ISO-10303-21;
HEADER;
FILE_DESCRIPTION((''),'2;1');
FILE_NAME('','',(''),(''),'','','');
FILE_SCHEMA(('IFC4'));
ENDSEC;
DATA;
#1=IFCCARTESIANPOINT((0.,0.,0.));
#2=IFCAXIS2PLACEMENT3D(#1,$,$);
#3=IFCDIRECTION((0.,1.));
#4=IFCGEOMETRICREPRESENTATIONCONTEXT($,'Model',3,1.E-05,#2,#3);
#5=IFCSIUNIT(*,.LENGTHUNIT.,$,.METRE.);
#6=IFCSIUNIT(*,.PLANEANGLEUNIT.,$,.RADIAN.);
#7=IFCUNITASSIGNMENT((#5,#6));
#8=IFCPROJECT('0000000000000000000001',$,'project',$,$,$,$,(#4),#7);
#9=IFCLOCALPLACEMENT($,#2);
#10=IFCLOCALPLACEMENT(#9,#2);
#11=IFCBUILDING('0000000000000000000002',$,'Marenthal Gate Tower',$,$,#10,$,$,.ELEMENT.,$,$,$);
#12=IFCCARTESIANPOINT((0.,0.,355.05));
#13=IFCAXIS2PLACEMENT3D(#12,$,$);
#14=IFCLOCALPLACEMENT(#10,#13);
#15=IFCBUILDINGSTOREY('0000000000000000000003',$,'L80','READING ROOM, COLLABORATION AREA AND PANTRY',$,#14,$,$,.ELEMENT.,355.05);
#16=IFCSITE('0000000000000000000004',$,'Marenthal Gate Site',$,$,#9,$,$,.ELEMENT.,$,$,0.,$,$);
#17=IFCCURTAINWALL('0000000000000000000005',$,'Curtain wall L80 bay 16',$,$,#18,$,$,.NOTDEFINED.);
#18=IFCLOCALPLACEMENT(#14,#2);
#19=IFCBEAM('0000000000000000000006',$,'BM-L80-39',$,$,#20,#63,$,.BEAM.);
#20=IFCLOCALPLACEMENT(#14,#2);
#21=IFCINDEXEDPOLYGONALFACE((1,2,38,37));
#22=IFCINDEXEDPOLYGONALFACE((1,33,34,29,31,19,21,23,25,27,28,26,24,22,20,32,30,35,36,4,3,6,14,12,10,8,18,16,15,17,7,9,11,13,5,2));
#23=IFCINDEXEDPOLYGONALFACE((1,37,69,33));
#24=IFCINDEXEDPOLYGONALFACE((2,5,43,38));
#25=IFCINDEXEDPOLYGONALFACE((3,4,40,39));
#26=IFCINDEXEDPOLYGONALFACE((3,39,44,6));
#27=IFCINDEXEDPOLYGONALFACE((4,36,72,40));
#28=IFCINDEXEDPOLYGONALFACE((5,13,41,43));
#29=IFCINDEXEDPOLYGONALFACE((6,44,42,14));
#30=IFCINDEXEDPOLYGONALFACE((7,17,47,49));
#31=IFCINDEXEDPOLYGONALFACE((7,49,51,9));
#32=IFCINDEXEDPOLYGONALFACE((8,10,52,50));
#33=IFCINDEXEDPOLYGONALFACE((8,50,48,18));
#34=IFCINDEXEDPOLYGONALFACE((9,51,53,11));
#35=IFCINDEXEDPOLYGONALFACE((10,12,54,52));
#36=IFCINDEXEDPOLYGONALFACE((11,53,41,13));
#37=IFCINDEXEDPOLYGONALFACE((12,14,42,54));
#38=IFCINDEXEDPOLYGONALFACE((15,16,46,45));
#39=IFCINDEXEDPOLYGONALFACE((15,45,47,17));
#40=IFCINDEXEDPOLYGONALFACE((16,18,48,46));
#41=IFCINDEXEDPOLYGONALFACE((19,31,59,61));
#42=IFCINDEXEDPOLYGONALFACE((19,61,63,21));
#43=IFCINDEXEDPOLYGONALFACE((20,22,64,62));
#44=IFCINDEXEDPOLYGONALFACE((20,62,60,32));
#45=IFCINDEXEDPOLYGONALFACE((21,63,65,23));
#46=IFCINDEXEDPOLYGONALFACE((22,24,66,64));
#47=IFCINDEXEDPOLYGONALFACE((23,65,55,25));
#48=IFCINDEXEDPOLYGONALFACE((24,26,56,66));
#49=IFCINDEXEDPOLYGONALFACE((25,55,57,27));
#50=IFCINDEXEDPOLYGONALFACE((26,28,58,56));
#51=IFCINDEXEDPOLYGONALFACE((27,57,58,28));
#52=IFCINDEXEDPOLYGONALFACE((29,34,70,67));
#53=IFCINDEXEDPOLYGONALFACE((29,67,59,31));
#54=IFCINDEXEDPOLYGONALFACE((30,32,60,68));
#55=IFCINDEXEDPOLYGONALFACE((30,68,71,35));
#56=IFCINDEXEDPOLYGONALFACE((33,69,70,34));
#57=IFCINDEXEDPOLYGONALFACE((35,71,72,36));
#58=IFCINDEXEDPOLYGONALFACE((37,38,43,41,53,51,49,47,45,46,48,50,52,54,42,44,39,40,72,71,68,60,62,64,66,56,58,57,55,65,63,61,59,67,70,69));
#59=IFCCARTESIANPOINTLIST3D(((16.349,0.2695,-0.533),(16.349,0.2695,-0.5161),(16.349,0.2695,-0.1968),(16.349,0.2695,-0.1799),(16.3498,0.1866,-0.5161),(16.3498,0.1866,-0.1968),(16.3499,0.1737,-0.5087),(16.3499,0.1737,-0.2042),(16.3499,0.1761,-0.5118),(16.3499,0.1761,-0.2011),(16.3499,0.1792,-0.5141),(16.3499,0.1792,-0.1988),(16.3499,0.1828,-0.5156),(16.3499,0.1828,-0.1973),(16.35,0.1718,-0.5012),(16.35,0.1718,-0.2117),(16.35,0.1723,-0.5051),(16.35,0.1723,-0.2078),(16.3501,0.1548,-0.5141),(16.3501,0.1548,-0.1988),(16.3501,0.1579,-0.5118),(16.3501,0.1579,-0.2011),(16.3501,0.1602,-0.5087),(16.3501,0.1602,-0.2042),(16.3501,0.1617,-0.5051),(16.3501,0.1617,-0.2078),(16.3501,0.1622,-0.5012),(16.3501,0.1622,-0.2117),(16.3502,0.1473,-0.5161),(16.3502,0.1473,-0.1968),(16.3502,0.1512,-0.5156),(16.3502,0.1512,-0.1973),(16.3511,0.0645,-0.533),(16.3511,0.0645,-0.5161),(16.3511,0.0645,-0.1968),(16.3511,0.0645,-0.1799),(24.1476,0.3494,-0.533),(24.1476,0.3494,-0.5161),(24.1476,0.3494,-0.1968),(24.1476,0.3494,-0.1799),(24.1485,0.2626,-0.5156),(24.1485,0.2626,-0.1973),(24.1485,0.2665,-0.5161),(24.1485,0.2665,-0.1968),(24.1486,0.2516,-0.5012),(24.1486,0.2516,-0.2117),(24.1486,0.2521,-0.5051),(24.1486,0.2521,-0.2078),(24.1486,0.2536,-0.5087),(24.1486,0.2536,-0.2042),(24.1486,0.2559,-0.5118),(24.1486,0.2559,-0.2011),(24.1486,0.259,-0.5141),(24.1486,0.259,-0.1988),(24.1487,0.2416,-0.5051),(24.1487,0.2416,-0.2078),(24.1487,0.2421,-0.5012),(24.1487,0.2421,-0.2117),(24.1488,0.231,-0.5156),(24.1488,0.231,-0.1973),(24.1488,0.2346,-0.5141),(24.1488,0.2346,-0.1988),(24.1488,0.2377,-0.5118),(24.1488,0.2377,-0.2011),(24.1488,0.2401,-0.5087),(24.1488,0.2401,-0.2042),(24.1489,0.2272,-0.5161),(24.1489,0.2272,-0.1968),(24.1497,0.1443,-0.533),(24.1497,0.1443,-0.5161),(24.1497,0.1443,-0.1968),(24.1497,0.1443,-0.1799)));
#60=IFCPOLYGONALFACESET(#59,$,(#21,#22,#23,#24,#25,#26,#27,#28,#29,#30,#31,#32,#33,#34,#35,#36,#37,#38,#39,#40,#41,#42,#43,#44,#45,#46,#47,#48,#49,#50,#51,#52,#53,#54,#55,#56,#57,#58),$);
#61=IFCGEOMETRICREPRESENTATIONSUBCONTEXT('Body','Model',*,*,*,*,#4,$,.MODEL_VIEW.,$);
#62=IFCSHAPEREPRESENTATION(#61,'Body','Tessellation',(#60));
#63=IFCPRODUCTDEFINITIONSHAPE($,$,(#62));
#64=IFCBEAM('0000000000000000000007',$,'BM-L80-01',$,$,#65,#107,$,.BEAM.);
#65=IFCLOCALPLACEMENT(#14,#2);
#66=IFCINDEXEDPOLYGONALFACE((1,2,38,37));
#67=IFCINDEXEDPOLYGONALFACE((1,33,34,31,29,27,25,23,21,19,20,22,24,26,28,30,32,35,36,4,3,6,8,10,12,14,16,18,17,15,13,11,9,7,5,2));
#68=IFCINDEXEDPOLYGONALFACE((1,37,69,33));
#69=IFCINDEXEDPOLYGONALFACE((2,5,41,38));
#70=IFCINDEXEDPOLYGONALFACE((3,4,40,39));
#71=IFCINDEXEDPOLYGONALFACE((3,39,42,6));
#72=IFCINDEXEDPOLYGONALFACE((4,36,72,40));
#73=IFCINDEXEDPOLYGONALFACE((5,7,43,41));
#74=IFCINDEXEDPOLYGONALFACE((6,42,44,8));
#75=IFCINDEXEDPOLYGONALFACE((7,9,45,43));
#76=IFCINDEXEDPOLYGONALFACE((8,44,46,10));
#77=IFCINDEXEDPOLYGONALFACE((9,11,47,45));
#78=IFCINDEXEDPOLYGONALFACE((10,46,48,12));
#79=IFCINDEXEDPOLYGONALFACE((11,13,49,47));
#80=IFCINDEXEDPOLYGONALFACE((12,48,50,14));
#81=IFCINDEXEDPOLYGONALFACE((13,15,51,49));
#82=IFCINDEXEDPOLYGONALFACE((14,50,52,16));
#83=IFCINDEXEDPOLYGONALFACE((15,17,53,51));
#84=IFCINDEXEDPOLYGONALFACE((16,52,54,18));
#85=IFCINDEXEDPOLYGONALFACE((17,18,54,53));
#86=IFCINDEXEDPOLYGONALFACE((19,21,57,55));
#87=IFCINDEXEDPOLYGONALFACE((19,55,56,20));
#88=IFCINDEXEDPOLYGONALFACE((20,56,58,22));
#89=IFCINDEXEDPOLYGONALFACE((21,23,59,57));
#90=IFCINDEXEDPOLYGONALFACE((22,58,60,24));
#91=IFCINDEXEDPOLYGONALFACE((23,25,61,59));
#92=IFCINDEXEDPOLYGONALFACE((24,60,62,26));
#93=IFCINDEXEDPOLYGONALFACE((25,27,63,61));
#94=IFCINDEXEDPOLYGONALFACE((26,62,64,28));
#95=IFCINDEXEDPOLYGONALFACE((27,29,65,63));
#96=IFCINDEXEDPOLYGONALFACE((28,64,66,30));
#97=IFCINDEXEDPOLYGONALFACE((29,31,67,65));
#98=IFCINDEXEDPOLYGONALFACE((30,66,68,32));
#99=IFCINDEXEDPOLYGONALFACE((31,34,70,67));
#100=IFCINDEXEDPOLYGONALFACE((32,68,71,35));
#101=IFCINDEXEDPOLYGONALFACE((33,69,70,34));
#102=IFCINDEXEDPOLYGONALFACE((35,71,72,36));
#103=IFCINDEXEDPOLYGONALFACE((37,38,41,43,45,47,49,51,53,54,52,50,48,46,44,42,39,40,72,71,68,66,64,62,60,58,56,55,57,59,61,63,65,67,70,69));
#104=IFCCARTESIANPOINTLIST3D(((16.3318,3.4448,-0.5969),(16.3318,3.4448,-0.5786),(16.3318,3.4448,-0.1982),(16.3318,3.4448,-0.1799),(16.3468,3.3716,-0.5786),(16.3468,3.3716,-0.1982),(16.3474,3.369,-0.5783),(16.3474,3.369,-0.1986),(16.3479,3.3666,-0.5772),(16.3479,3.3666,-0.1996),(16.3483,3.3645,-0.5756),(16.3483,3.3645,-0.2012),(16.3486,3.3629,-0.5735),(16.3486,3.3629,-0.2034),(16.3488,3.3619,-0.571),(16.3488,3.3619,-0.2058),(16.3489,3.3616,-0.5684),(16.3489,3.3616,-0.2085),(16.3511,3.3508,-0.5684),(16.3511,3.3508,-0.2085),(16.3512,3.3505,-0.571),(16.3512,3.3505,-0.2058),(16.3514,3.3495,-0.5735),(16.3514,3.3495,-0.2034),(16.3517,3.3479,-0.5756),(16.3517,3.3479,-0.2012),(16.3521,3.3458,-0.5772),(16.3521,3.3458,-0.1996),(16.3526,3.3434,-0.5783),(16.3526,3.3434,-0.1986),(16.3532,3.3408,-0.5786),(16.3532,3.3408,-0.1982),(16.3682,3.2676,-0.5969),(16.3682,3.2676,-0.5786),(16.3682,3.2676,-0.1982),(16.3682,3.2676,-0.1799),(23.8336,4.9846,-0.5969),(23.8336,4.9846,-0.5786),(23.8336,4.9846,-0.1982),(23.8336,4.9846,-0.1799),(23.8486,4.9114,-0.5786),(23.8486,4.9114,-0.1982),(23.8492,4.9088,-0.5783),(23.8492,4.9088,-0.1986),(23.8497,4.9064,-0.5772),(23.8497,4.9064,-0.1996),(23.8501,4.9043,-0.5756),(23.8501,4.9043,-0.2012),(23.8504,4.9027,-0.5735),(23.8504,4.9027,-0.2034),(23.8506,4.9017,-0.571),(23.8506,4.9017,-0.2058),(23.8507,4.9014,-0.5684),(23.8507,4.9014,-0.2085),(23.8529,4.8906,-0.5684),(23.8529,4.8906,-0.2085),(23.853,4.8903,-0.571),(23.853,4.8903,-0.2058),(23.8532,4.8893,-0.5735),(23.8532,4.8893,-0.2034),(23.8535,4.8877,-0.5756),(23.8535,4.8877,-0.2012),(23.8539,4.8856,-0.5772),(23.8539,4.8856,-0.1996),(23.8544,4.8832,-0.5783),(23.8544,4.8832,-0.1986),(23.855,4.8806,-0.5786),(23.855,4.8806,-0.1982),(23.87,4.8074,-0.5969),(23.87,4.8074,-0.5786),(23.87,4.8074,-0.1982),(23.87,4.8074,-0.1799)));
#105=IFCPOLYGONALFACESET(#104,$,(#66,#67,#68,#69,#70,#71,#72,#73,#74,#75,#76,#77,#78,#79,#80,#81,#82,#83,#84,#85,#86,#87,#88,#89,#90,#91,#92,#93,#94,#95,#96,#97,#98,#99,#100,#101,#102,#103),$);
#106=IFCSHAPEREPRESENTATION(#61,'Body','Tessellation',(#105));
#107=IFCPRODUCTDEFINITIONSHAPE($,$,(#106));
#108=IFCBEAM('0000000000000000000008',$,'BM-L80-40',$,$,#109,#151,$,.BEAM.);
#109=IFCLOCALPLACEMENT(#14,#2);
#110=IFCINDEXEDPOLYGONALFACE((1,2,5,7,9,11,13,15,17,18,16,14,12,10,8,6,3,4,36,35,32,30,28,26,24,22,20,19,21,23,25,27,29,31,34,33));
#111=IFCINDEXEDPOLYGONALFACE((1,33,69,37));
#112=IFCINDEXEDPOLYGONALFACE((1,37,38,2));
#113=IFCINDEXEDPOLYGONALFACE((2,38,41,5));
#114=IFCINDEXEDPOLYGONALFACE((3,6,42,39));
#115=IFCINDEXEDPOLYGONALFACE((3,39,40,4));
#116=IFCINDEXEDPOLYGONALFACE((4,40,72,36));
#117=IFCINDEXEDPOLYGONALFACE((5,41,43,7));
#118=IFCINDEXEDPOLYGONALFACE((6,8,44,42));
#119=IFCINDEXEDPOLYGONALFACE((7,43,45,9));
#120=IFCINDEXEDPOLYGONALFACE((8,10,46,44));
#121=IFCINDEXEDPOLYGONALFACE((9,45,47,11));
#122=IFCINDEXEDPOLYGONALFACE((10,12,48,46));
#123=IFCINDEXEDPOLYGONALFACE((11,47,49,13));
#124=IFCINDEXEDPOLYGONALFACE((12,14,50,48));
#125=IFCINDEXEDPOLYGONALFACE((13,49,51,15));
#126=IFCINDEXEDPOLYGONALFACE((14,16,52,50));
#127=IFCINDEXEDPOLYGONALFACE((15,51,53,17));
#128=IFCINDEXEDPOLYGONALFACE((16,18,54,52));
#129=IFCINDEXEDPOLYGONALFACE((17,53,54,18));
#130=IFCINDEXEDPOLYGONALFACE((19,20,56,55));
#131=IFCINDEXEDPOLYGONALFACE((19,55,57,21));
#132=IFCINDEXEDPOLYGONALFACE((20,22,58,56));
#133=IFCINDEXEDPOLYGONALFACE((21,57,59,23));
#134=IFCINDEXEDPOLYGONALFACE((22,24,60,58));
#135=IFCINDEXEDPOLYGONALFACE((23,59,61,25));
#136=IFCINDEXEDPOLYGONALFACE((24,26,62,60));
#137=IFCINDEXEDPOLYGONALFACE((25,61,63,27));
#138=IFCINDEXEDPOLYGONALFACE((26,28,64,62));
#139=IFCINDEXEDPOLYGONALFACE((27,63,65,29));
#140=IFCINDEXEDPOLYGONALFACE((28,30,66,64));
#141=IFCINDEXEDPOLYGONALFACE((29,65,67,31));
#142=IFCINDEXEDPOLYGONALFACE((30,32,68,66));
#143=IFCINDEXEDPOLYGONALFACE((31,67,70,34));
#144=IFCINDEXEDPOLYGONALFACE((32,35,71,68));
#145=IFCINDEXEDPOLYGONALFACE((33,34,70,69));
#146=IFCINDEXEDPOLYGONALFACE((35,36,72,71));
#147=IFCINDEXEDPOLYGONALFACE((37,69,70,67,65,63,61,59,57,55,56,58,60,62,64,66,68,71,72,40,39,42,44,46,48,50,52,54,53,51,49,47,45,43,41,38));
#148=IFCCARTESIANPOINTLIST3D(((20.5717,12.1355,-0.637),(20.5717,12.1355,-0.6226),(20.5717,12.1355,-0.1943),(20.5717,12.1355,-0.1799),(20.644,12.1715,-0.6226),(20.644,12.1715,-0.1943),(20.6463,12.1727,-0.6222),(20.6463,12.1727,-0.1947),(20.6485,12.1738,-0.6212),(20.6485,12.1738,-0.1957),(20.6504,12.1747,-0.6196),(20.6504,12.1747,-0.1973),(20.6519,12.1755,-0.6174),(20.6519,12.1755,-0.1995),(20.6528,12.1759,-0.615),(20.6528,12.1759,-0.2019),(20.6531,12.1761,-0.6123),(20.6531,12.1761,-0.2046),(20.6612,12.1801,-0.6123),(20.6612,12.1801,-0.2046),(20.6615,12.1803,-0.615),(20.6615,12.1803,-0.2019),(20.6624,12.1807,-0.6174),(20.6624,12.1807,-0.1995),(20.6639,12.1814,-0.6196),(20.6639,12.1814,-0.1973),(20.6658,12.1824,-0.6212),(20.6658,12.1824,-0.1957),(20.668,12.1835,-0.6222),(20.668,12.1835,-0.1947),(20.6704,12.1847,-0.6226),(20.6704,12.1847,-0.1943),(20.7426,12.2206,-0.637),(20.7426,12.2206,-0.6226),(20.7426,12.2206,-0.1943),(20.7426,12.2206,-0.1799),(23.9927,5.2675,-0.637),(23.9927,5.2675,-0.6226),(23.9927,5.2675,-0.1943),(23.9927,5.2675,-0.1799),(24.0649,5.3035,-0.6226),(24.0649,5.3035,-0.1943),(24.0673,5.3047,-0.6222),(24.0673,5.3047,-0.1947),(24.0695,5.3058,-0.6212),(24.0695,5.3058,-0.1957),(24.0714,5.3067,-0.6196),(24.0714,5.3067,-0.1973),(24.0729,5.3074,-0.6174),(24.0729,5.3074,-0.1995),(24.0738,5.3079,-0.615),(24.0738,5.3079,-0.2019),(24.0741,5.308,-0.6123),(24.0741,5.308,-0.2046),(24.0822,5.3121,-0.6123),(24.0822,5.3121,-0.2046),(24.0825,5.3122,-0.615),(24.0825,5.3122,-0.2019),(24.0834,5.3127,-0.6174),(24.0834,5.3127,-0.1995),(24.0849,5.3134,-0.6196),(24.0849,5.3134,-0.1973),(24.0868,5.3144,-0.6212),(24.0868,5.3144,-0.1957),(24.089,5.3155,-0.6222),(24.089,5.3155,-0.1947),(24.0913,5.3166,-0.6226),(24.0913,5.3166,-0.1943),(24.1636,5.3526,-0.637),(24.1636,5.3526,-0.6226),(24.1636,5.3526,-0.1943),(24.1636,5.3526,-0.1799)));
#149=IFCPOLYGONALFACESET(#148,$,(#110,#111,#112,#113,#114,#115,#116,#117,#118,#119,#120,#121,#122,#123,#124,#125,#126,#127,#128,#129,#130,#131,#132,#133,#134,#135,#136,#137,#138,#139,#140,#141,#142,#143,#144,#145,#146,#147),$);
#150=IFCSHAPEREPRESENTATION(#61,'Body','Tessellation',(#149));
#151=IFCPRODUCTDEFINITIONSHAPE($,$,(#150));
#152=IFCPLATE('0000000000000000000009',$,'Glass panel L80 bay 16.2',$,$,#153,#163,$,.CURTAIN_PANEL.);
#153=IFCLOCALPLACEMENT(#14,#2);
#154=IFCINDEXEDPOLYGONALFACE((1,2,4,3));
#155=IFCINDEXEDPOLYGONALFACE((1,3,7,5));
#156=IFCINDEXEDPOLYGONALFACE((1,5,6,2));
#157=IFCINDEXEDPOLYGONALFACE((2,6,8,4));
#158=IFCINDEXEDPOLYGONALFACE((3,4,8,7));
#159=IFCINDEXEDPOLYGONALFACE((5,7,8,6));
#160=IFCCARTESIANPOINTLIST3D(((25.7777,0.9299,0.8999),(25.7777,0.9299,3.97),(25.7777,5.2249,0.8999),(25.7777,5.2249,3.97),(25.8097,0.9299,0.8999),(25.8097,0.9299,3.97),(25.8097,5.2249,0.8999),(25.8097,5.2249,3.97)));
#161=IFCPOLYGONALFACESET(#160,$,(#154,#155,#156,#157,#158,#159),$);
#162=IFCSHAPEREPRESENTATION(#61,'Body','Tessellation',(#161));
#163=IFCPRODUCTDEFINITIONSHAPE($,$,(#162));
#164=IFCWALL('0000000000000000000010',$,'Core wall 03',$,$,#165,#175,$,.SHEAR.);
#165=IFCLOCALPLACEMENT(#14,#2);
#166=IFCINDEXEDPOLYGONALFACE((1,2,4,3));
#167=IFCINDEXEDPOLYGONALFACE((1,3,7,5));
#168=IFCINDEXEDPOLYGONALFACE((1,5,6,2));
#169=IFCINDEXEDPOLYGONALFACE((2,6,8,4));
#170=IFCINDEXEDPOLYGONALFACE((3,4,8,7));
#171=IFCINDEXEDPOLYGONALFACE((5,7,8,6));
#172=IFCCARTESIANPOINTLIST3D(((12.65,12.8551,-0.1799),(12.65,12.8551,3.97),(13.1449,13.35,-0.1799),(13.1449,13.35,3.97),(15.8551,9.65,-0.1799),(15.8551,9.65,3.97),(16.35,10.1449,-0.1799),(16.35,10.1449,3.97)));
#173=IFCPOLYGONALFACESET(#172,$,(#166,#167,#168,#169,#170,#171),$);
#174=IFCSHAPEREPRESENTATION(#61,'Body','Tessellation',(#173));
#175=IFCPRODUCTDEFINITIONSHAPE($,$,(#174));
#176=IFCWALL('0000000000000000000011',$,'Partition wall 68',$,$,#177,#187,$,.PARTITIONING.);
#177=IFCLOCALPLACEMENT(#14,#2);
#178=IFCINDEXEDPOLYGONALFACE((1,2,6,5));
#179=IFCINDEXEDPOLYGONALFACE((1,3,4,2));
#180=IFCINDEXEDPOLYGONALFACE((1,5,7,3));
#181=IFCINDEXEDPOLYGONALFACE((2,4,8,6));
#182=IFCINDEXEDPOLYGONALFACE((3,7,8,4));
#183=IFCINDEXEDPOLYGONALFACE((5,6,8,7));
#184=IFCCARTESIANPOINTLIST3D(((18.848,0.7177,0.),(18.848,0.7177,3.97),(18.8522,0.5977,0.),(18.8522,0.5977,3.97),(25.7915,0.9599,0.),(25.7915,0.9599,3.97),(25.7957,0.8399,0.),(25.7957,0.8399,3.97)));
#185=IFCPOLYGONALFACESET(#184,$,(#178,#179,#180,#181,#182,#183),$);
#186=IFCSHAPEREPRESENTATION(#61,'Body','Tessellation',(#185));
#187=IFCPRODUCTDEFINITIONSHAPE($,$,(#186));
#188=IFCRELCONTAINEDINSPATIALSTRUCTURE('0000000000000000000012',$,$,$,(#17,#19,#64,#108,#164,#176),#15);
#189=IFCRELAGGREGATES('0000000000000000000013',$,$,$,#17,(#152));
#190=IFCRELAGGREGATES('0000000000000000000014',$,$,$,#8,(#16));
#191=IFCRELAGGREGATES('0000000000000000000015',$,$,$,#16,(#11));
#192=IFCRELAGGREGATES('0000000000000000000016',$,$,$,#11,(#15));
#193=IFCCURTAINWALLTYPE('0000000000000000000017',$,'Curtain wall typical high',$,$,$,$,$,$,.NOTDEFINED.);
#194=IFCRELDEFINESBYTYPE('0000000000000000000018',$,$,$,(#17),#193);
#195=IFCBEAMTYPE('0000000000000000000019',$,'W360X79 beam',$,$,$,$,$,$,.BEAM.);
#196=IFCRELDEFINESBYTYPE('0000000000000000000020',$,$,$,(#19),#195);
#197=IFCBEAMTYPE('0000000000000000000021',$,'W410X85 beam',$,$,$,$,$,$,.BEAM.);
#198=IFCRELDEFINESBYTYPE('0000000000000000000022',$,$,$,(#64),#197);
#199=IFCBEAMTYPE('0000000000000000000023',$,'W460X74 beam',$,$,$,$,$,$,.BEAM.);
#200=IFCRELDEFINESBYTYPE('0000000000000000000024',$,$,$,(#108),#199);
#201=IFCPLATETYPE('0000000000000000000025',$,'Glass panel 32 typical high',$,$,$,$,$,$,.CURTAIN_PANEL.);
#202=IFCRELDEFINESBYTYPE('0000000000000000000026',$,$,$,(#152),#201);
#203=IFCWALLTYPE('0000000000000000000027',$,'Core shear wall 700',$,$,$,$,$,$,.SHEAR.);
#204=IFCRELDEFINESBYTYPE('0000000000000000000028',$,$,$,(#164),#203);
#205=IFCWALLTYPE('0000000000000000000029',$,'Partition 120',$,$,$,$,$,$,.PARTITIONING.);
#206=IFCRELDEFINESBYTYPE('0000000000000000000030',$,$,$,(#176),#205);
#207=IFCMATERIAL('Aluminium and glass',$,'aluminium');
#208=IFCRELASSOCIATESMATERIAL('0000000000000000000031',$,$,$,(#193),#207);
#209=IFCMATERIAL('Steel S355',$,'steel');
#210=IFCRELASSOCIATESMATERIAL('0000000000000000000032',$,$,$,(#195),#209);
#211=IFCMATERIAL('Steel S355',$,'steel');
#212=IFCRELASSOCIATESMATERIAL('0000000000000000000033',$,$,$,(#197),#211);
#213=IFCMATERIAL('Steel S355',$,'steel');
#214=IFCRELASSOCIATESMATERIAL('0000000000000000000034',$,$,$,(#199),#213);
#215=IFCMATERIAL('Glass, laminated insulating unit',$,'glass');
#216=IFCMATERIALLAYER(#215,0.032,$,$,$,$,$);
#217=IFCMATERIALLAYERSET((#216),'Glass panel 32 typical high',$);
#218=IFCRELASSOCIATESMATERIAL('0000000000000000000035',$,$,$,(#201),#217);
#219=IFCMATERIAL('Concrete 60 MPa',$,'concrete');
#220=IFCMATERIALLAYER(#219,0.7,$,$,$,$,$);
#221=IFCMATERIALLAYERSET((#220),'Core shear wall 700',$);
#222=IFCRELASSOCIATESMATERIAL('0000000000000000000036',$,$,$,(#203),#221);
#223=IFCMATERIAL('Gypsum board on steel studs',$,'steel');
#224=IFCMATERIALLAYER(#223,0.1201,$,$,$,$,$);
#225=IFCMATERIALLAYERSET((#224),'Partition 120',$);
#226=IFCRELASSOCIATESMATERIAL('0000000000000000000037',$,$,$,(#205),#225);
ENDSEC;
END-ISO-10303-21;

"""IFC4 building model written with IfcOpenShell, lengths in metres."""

from ifc_helpers import new_model, si_unit, direction, frame, frame_2d, origin, origin_2d, place, context, subcontext, project, spatial, rectangle, i_section, extrude, material, layer, layer_set, material_profile, profile_set, type_object, element, aggregate, save


model = new_model("IFC4")

# Units and contexts
model_context = context("Model", 3, precision=1e-05, world=origin(), true_north=direction((0.0, 1.0)))
body_context = subcontext(model_context, "Body", "Model", "MODEL_VIEW")
ifc_project = project(units=[si_unit("LENGTHUNIT", "METRE"), si_unit("PLANEANGLEUNIT", "RADIAN")], contexts=[model_context])

# Site, building, storey
site_placement = place(None, origin())
site = spatial("IfcSite", under=ifc_project, at=site_placement, Name="Marenthal Gate Site", CompositionType="ELEMENT", RefElevation=0.0)
building_placement = place(site_placement, origin())
building = spatial("IfcBuilding", under=site, at=building_placement, Name="Marenthal Gate Tower", CompositionType="ELEMENT")
storey_placement = place(building_placement, frame((0.0, 0.0, 355.05)))
storey = spatial("IfcBuildingStorey", under=building, at=storey_placement, Name="L80", Description="READING ROOM, COLLABORATION AREA AND PANTRY", CompositionType="ELEMENT", Elevation=355.05)

# Curtain wall
ifc_material_1 = material(Name="Aluminium and glass", Category="aluminium")
curtain_wall_type = type_object("IfcCurtainWallType", Name="Curtain wall typical high", PredefinedType="NOTDEFINED", material=ifc_material_1)
curtain_wall_placement = place(storey_placement, origin())
curtain_wall = element("IfcCurtainWall", 1, at=curtain_wall_placement, inside=storey, type_object=curtain_wall_type, Name="Curtain wall L80 bay 16", PredefinedType="NOTDEFINED")

# Beams
ifc_material_2 = material(Name="Steel S355", Category="steel")
ifc_material_profile_1 = material_profile(ifc_material_2, i_section(OverallWidth=0.2051, OverallDepth=0.353, WebThickness=0.0095, FlangeThickness=0.0168, FilletRadius=0.0149, at=origin_2d()), Name="W360X79")
ifc_profile_set_1 = profile_set([ifc_material_profile_1], Name="Steel S355")
beam_type_1 = type_object("IfcBeamType", Name="W360X79 beam", PredefinedType="BEAM", material=ifc_profile_set_1)
beam_1_placement = place(storey_placement, frame((24.1487, 0.2468, -0.3564), z_axis=(-0.999948, -0.010236, 0.0), x_axis=(0.010236, -0.999948, 0.0)))
element("IfcBeam", 2, at=beam_1_placement, inside=storey, type_object=beam_type_1, Name="BM-L80-39", PredefinedType="BEAM", context=body_context, shape_type="SweptSolid", body=[
    extrude(i_section(OverallWidth=0.2051, OverallDepth=0.353, WebThickness=0.0095, FlangeThickness=0.0168, FilletRadius=0.0149, at=origin_2d()), origin(), (0.0, 0.0, 1.0), 7.7991),
])
ifc_material_3 = material(Name="Steel S355", Category="steel")
ifc_material_profile_2 = material_profile(ifc_material_3, i_section(OverallWidth=0.1809, OverallDepth=0.417, WebThickness=0.011, FlangeThickness=0.0183, FilletRadius=0.0103, at=origin_2d()), Name="W410X85")
ifc_profile_set_2 = profile_set([ifc_material_profile_2], Name="Steel S355")
beam_type_2 = type_object("IfcBeamType", Name="W410X85 beam", PredefinedType="BEAM", material=ifc_profile_set_2)
beam_2_placement = place(storey_placement, frame((23.8518, 4.896, -0.3884), z_axis=(-0.979577, -0.201067, 0.0), x_axis=(0.201067, -0.979577, 0.0)))
element("IfcBeam", 3, at=beam_2_placement, inside=storey, type_object=beam_type_2, Name="BM-L80-01", PredefinedType="BEAM", context=body_context, shape_type="SweptSolid", body=[
    extrude(i_section(OverallWidth=0.1809, OverallDepth=0.417, WebThickness=0.011, FlangeThickness=0.0183, FilletRadius=0.0103, at=origin_2d()), origin(), (0.0, 0.0, 1.0), 7.6582),
])
ifc_material_4 = material(Name="Steel S355", Category="steel")
ifc_material_profile_3 = material_profile(ifc_material_4, i_section(OverallWidth=0.1909, OverallDepth=0.457, WebThickness=0.009, FlangeThickness=0.0144, FilletRadius=0.0103, at=origin_2d()), Name="W460X74")
ifc_profile_set_3 = profile_set([ifc_material_profile_3], Name="Steel S355")
beam_type_3 = type_object("IfcBeamType", Name="W460X74 beam", PredefinedType="BEAM", material=ifc_profile_set_3)
beam_3_placement = place(storey_placement, frame((24.0781, 5.3101, -0.4084), z_axis=(-0.445851, 0.895107, 0.0), x_axis=(-0.895107, -0.445851, 0.0)))
element("IfcBeam", 4, at=beam_3_placement, inside=storey, type_object=beam_type_3, Name="BM-L80-40", PredefinedType="BEAM", context=body_context, shape_type="SweptSolid", body=[
    extrude(i_section(OverallWidth=0.1909, OverallDepth=0.457, WebThickness=0.009, FlangeThickness=0.0144, FilletRadius=0.0103, at=origin_2d()), origin(), (0.0, 0.0, 1.0), 7.6729),
])

# Plate
ifc_material_5 = material(Name="Glass, laminated insulating unit", Category="glass")
ifc_layer_1 = layer(ifc_material_5, 0.032)
ifc_layer_set_1 = layer_set([ifc_layer_1], Name="Glass panel 32 typical high")
plate_type = type_object("IfcPlateType", Name="Glass panel 32 typical high", PredefinedType="CURTAIN_PANEL", material=ifc_layer_set_1)
plate_placement = place(storey_placement, frame((25.7937, 3.0774, 0.8999), z_axis=(0.0, 0.0, 1.0), x_axis=(0.0, 1.0, 0.0)))
plate = element("IfcPlate", 5, at=plate_placement, type_object=plate_type, Name="Glass panel L80 bay 16.2", PredefinedType="CURTAIN_PANEL", context=body_context, shape_type="SweptSolid", body=[
    extrude(rectangle(XDim=4.2949, YDim=0.032, at=origin_2d()), origin(), (0.0, 0.0, 1.0), 3.0701),
])
aggregate(curtain_wall, [plate])

# Walls
ifc_material_6 = material(Name="Concrete 60 MPa", Category="concrete")
ifc_layer_2 = layer(ifc_material_6, 0.7)
ifc_layer_set_2 = layer_set([ifc_layer_2], Name="Core shear wall 700")
wall_type_1 = type_object("IfcWallType", Name="Core shear wall 700", PredefinedType="SHEAR", material=ifc_layer_set_2)
wall_1_placement = place(storey_placement, frame((16.1025, 9.8975, -0.1799), z_axis=(0.0, 0.0, 1.0), x_axis=(-0.707107, 0.707107, 0.0)))
element("IfcWall", 6, at=wall_1_placement, inside=storey, type_object=wall_type_1, Name="Core wall 03", PredefinedType="SHEAR", context=body_context, shape_type="SweptSolid", body=[
    extrude(rectangle(XDim=4.5327, YDim=0.7, at=frame_2d((2.2664, 0.0))), origin(), (0.0, 0.0, 1.0), 4.1499),
])
ifc_material_7 = material(Name="Gypsum board on steel studs", Category="steel")
ifc_layer_3 = layer(ifc_material_7, 0.1201)
ifc_layer_set_3 = layer_set([ifc_layer_3], Name="Partition 120")
wall_type_2 = type_object("IfcWallType", Name="Partition 120", PredefinedType="PARTITIONING", material=ifc_layer_set_3)
wall_2_placement = place(storey_placement, frame((18.8501, 0.6577, 0.0), z_axis=(0.0, 0.0, 1.0), x_axis=(0.999392, 0.034858, 0.0)))
element("IfcWall", 7, at=wall_2_placement, inside=storey, type_object=wall_type_2, Name="Partition wall 68", PredefinedType="PARTITIONING", context=body_context, shape_type="SweptSolid", body=[
    extrude(rectangle(XDim=6.9478, YDim=0.1201, at=frame_2d((3.4739, 0.0))), origin(), (0.0, 0.0, 1.0), 3.97),
])

save(model, "model.ifc")
